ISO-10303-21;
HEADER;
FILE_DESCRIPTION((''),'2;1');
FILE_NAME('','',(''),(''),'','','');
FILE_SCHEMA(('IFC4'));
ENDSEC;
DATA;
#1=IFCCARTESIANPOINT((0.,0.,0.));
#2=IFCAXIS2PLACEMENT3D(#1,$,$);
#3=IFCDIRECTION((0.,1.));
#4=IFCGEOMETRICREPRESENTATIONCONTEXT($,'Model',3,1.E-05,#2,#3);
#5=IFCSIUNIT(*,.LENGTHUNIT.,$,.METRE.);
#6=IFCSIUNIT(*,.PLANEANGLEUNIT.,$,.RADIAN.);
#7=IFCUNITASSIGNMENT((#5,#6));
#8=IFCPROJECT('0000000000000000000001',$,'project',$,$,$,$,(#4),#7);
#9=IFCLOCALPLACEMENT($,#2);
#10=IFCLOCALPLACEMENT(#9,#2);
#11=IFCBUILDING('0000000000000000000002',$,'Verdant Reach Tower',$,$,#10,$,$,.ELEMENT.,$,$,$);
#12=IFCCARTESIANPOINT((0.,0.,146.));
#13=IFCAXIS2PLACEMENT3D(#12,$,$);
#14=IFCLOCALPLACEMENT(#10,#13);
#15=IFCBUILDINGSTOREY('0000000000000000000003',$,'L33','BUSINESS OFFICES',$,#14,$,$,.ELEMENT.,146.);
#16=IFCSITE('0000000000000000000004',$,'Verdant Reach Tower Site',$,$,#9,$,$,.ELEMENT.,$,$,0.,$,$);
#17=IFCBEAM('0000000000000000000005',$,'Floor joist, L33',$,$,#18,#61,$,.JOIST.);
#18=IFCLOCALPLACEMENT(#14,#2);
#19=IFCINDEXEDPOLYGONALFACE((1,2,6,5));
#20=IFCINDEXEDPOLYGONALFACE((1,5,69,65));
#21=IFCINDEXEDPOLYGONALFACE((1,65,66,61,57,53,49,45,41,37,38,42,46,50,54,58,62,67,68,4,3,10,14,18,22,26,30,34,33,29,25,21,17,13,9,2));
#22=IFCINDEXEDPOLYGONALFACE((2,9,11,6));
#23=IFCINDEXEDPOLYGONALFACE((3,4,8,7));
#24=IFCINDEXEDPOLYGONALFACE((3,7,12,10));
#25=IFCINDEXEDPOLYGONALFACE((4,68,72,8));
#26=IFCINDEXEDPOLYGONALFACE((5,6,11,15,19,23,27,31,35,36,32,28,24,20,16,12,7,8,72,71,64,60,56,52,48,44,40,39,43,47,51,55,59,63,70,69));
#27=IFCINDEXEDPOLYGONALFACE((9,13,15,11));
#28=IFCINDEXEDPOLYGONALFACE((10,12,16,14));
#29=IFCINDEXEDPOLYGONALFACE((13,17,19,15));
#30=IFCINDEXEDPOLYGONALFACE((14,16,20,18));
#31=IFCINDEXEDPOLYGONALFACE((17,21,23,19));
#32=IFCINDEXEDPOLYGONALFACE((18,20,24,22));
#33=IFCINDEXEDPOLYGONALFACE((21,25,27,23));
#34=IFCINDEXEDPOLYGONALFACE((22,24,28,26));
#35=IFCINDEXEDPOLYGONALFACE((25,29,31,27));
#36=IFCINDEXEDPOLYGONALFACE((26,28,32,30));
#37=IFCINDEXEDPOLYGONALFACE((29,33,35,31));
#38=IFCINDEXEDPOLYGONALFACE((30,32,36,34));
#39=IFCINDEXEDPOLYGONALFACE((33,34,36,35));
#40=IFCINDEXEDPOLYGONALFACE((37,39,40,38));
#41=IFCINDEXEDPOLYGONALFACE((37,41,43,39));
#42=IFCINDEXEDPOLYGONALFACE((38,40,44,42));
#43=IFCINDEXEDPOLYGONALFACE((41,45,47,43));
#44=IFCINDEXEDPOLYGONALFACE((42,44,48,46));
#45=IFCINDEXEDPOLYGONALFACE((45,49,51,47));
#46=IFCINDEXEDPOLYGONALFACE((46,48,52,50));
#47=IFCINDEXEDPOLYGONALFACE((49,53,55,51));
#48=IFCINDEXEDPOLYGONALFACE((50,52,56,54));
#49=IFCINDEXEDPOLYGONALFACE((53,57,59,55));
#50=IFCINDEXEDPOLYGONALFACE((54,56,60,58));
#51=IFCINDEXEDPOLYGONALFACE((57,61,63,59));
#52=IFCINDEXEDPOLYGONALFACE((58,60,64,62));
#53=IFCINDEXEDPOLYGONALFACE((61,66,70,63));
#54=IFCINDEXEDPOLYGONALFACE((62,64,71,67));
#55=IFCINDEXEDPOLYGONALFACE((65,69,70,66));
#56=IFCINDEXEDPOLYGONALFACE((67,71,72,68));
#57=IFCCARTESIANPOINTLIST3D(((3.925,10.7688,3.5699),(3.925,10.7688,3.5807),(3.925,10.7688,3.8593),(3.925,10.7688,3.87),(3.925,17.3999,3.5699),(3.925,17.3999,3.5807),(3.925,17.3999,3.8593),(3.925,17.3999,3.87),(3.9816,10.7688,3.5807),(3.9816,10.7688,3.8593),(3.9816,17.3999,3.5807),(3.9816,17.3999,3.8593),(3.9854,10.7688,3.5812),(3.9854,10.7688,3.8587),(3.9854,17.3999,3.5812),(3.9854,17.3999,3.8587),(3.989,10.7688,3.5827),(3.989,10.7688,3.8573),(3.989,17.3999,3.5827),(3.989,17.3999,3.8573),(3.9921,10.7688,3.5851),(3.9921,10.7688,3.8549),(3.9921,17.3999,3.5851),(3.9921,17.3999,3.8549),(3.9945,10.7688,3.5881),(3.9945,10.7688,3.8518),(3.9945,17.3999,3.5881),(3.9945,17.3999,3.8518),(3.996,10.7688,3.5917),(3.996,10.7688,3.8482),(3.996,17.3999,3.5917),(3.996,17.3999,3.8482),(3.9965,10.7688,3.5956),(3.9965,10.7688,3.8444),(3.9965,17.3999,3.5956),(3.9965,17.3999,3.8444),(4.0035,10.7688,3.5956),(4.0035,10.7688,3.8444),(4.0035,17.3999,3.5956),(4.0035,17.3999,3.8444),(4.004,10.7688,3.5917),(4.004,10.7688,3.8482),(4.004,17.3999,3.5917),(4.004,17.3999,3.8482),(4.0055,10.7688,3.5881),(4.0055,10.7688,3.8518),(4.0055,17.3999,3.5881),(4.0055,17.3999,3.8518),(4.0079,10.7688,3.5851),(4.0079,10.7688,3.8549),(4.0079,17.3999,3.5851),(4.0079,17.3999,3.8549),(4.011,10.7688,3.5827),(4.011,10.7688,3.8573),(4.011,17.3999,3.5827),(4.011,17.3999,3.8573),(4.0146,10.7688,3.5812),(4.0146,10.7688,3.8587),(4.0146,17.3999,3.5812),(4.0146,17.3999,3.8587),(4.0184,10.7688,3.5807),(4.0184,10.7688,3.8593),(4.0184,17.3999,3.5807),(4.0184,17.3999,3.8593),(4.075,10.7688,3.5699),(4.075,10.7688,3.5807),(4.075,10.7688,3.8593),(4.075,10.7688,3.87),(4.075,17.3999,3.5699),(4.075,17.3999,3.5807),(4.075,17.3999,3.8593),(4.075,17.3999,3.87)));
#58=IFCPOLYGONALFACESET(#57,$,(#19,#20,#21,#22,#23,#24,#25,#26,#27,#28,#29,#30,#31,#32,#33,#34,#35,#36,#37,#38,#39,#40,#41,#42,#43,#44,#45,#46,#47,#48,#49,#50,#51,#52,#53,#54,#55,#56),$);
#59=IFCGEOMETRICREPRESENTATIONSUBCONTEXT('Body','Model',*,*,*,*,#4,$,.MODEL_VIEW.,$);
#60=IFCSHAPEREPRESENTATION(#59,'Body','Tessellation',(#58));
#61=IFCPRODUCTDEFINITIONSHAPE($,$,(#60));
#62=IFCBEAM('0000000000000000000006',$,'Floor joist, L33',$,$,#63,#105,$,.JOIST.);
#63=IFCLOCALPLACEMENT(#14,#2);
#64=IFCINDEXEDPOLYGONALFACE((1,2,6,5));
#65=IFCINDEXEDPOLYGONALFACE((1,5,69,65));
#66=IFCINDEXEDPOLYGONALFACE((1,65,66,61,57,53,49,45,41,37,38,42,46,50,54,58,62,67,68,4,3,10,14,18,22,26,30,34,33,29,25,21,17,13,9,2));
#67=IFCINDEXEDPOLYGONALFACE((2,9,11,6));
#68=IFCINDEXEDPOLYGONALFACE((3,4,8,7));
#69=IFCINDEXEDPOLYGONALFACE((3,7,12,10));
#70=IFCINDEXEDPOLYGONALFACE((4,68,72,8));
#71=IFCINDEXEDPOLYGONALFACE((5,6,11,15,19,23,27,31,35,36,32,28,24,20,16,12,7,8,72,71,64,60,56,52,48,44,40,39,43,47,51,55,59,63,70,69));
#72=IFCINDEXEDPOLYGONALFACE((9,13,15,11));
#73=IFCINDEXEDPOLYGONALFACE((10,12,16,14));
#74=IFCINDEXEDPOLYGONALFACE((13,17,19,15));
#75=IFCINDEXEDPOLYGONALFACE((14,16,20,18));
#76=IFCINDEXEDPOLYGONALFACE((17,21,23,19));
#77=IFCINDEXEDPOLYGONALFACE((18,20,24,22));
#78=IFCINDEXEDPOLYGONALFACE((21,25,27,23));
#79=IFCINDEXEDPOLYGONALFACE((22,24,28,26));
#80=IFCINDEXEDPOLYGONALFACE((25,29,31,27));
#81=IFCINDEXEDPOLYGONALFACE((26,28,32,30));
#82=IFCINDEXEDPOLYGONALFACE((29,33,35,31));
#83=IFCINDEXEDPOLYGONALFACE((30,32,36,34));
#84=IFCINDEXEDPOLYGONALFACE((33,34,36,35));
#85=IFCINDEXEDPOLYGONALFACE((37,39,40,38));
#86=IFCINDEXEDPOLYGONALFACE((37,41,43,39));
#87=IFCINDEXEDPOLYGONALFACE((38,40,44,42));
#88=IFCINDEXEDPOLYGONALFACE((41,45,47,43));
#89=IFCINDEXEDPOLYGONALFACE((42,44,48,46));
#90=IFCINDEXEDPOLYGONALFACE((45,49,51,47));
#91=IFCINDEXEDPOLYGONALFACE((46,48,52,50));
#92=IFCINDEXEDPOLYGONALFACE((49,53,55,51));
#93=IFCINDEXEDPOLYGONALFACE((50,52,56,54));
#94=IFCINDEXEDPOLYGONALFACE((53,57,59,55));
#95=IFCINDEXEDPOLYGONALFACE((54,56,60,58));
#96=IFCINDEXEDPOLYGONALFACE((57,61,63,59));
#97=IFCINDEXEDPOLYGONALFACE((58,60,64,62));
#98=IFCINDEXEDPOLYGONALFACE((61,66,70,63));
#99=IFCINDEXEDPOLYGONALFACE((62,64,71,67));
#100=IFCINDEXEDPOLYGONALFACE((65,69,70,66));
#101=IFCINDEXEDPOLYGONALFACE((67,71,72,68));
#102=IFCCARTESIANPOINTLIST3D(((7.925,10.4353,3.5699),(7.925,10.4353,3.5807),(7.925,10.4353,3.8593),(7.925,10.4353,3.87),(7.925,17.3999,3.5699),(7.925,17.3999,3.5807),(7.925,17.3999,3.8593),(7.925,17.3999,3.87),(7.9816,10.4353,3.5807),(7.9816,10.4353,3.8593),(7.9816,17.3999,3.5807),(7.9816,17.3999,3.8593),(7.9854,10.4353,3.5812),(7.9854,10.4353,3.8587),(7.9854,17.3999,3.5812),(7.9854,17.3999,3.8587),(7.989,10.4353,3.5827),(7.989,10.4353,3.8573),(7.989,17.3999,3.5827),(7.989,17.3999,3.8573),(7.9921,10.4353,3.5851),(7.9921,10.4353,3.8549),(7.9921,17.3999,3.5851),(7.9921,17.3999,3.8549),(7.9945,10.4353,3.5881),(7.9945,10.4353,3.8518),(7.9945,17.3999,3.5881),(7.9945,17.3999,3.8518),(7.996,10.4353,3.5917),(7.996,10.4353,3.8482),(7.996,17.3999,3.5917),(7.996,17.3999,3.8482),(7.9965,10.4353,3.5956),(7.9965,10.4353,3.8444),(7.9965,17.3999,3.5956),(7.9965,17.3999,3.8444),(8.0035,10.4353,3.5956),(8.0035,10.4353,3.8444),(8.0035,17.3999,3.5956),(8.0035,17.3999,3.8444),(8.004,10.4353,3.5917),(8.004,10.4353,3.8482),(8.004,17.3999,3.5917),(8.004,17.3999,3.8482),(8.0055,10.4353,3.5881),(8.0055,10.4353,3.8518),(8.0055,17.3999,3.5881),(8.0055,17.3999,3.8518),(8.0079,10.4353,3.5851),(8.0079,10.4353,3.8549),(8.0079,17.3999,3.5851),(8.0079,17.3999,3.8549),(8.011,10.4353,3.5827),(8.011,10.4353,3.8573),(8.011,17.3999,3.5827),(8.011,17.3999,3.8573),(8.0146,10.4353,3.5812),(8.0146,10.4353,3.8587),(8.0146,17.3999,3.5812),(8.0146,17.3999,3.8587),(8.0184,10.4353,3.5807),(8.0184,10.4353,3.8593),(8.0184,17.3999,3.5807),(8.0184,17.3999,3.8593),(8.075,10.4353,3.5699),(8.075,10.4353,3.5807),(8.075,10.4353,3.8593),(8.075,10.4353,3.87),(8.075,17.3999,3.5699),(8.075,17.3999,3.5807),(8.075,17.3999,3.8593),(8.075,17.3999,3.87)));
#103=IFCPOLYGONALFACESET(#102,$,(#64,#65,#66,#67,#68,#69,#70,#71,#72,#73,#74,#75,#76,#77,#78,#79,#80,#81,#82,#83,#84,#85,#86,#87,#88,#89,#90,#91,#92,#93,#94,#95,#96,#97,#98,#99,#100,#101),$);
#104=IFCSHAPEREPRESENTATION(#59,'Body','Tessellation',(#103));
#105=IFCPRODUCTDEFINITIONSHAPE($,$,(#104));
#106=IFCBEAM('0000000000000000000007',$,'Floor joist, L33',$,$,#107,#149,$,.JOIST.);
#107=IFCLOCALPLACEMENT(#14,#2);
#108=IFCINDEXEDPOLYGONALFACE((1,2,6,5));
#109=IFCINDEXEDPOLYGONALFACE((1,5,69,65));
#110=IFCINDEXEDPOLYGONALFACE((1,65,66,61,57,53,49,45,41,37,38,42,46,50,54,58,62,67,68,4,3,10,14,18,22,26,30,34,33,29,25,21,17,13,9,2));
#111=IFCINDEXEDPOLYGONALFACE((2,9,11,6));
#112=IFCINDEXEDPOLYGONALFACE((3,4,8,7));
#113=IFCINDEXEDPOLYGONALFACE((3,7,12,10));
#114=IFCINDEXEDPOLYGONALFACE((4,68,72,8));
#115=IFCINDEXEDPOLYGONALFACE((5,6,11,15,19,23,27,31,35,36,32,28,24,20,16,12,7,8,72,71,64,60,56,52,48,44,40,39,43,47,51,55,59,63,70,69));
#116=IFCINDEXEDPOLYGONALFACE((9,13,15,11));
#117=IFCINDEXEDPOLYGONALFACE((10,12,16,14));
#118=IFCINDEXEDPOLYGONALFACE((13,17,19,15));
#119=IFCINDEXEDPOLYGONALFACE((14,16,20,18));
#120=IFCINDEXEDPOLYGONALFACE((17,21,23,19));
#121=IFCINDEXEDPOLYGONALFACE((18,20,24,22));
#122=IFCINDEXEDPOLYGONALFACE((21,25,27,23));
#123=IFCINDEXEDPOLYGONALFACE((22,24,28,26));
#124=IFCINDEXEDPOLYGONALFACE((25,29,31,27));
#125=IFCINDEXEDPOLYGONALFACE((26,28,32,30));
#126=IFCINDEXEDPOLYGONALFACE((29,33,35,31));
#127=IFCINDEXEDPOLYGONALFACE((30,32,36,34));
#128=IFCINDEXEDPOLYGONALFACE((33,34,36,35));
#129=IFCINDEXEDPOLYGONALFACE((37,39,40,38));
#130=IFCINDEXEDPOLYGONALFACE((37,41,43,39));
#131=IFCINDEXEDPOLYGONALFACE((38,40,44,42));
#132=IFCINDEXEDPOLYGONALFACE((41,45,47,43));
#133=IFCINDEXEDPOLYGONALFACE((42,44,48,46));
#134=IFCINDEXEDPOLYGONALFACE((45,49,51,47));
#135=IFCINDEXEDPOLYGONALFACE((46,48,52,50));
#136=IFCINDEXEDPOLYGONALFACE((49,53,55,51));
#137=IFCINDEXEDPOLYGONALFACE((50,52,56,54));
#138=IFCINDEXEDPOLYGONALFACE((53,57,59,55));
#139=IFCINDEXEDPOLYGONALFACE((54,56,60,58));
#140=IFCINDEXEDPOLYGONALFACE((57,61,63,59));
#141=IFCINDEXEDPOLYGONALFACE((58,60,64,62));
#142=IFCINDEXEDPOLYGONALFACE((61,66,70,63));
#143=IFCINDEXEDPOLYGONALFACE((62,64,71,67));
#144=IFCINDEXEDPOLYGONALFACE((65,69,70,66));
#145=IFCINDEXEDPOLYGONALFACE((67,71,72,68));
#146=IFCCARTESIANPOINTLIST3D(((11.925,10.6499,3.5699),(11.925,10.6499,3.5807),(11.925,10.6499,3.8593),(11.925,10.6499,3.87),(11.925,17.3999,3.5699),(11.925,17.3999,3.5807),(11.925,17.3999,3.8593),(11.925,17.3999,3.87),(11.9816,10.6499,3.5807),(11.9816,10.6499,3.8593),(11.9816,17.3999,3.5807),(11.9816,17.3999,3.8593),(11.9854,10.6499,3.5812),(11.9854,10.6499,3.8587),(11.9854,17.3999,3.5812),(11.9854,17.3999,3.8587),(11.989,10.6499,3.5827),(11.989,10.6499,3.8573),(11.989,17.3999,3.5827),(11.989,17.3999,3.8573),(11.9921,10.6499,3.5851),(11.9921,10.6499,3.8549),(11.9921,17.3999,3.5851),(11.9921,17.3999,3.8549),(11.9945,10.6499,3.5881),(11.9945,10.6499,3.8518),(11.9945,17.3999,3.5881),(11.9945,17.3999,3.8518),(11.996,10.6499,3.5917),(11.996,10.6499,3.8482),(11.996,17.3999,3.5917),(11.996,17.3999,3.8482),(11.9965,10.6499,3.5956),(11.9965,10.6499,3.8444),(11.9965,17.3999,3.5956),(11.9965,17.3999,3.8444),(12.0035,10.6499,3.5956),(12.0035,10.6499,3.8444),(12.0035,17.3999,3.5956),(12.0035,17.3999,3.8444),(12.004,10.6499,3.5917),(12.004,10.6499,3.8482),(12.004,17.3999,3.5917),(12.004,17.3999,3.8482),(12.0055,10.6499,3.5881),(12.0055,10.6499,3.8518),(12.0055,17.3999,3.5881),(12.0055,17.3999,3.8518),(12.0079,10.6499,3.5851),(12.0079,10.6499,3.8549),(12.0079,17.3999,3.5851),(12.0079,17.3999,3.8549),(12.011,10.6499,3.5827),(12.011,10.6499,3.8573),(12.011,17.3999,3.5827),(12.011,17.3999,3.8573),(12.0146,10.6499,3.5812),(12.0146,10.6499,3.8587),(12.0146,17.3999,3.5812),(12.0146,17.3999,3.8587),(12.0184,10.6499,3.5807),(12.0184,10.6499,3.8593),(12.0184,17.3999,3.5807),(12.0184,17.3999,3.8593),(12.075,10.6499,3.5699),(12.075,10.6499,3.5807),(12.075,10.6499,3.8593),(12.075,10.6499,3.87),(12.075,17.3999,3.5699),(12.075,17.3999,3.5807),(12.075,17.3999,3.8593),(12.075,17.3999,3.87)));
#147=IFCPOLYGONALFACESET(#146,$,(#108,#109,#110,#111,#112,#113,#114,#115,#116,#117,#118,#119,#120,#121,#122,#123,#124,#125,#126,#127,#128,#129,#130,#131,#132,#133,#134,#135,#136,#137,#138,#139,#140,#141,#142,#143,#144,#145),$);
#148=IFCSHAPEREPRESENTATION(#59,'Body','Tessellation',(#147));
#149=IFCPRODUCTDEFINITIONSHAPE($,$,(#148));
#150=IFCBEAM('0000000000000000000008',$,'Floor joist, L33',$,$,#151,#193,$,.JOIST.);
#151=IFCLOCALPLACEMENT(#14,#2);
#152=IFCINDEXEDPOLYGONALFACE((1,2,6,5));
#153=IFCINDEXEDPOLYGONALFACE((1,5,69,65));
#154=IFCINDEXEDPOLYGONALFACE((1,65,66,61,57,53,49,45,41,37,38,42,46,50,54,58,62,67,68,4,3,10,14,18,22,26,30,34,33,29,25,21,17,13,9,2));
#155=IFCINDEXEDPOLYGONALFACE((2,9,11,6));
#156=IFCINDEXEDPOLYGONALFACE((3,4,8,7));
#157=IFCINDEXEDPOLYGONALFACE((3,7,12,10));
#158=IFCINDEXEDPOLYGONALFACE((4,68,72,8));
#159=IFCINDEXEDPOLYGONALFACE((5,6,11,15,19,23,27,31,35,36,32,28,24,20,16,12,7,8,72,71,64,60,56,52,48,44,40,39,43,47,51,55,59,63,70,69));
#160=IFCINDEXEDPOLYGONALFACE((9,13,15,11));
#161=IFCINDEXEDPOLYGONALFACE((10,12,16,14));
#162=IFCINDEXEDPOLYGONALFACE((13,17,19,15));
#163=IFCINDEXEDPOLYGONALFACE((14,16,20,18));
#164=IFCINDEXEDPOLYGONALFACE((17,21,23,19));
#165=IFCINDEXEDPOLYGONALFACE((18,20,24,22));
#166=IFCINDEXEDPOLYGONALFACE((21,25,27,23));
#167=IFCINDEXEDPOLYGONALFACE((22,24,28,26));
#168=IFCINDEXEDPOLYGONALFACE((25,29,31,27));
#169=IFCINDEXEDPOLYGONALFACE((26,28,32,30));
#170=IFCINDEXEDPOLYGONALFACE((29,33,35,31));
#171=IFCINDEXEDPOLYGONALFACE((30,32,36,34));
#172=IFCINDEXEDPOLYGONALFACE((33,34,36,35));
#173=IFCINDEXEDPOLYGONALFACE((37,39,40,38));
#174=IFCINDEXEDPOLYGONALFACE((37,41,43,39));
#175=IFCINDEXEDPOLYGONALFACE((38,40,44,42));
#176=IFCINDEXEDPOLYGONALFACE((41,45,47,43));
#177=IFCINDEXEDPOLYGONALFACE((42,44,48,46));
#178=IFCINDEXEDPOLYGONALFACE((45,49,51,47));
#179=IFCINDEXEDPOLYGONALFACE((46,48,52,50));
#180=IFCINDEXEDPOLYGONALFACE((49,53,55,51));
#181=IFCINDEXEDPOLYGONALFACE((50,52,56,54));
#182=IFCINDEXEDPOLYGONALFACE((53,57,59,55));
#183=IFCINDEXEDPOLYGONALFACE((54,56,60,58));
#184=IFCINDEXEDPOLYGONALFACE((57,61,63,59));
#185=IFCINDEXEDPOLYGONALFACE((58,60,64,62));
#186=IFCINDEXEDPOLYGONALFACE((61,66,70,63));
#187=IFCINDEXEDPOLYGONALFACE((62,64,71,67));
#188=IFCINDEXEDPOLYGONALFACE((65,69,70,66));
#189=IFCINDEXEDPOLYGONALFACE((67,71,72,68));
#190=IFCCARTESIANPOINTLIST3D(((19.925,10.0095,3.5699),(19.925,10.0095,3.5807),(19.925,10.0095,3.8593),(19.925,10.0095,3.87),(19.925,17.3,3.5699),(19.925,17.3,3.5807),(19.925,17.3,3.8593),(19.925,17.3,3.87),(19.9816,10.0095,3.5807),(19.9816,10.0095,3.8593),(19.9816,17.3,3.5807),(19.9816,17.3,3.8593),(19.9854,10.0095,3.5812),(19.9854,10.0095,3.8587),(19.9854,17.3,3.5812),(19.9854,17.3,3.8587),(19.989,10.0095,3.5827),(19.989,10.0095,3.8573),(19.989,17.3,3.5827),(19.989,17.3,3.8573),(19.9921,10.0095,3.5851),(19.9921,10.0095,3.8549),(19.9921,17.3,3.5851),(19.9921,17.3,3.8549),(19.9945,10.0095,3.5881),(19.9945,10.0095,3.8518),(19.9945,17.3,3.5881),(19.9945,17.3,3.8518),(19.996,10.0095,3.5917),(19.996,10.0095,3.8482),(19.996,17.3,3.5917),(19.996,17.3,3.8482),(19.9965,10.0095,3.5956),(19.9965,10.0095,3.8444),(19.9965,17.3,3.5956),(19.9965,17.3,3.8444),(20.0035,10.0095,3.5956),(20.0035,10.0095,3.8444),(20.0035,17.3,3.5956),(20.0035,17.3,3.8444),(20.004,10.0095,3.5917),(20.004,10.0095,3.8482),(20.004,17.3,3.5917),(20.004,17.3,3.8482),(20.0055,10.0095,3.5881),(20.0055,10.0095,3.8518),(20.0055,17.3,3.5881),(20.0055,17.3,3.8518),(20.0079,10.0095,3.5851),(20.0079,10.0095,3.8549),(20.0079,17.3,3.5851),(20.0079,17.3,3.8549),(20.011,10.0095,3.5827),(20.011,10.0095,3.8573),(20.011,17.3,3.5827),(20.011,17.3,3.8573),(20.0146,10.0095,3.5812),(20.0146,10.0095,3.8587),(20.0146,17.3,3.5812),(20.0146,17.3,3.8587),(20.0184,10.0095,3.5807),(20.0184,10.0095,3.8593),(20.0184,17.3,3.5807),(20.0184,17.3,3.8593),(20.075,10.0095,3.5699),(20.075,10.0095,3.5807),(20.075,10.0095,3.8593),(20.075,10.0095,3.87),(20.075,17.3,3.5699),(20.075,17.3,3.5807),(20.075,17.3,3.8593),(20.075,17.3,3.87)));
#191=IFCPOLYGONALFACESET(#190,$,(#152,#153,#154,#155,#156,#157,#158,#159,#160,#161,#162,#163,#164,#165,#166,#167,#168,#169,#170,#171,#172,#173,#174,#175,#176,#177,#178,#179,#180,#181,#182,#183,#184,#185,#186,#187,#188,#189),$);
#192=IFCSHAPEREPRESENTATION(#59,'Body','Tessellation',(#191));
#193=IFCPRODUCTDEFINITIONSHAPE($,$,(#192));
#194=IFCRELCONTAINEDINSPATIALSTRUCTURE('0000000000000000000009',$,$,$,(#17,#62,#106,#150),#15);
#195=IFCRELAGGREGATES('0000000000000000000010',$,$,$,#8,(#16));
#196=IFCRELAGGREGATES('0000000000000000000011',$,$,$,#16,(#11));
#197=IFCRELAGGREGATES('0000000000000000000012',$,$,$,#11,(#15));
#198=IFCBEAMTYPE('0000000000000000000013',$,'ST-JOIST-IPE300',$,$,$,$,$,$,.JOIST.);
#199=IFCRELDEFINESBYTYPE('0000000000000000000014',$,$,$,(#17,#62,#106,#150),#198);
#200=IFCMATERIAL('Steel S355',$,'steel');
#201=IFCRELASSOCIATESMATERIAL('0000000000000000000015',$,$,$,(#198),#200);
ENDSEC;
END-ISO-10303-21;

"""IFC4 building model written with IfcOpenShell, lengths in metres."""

from ifc_helpers import new_model, si_unit, direction, frame, origin, origin_2d, place, context, subcontext, project, spatial, i_section, extrude, material, material_profile, profile_set, type_object, element, save


model = new_model("IFC4")

# Units and contexts
model_context = context("Model", 3, precision=1e-05, world=origin(), true_north=direction((0.0, 1.0)))
body_context = subcontext(model_context, "Body", "Model", "MODEL_VIEW")
ifc_project = project(units=[si_unit("LENGTHUNIT", "METRE"), si_unit("PLANEANGLEUNIT", "RADIAN")], contexts=[model_context])

# Site, building, storey
site_placement = place(None, origin())
site = spatial("IfcSite", under=ifc_project, at=site_placement, Name="Verdant Reach Tower Site", CompositionType="ELEMENT", RefElevation=0.0)
building_placement = place(site_placement, origin())
building = spatial("IfcBuilding", under=site, at=building_placement, Name="Verdant Reach Tower", CompositionType="ELEMENT")
storey_placement = place(building_placement, frame((0.0, 0.0, 146.0)))
storey = spatial("IfcBuildingStorey", under=building, at=storey_placement, Name="L33", Description="BUSINESS OFFICES", CompositionType="ELEMENT", Elevation=146.0)

# Beams
ifc_material_1 = material(Name="Steel S355", Category="steel")
ifc_material_profile_1 = material_profile(ifc_material_1, i_section(OverallWidth=0.1499, OverallDepth=0.3, WebThickness=0.0071, FlangeThickness=0.0107, FilletRadius=0.0149, at=origin_2d()), Name="IPE 300")
ifc_profile_set_1 = profile_set([ifc_material_profile_1], Name="Steel S355")
beam_type_1 = type_object("IfcBeamType", Name="ST-JOIST-IPE300", PredefinedType="JOIST", material=ifc_profile_set_1)
beam_1_placement = place(storey_placement, frame((4.0, 17.3999, 3.72), z_axis=(0.0, -1.0, 0.0), x_axis=(1.0, 0.0, 0.0)))
element("IfcBeam", 1, at=beam_1_placement, inside=storey, type_object=beam_type_1, Name="Floor joist, L33", PredefinedType="JOIST", context=body_context, shape_type="SweptSolid", body=[
    extrude(i_section(OverallWidth=0.1499, OverallDepth=0.3, WebThickness=0.0071, FlangeThickness=0.0107, FilletRadius=0.0149, at=origin_2d()), origin(), (0.0, 0.0, 1.0), 6.6311),
])
beam_2_placement = place(storey_placement, frame((8.0, 17.3999, 3.72), z_axis=(0.0, -1.0, 0.0), x_axis=(1.0, 0.0, 0.0)))
element("IfcBeam", 2, at=beam_2_placement, inside=storey, type_object=beam_type_1, Name="Floor joist, L33", PredefinedType="JOIST", context=body_context, shape_type="SweptSolid", body=[
    extrude(i_section(OverallWidth=0.1499, OverallDepth=0.3, WebThickness=0.0071, FlangeThickness=0.0107, FilletRadius=0.0149, at=origin_2d()), origin(), (0.0, 0.0, 1.0), 6.9646),
])
beam_3_placement = place(storey_placement, frame((12.0, 17.3999, 3.72), z_axis=(0.0, -1.0, 0.0), x_axis=(1.0, 0.0, 0.0)))
element("IfcBeam", 3, at=beam_3_placement, inside=storey, type_object=beam_type_1, Name="Floor joist, L33", PredefinedType="JOIST", context=body_context, shape_type="SweptSolid", body=[
    extrude(i_section(OverallWidth=0.1499, OverallDepth=0.3, WebThickness=0.0071, FlangeThickness=0.0107, FilletRadius=0.0149, at=origin_2d()), origin(), (0.0, 0.0, 1.0), 6.75),
])
beam_4_placement = place(storey_placement, frame((20.0, 17.3, 3.72), z_axis=(0.0, -1.0, 0.0), x_axis=(1.0, 0.0, 0.0)))
element("IfcBeam", 4, at=beam_4_placement, inside=storey, type_object=beam_type_1, Name="Floor joist, L33", PredefinedType="JOIST", context=body_context, shape_type="SweptSolid", body=[
    extrude(i_section(OverallWidth=0.1499, OverallDepth=0.3, WebThickness=0.0071, FlangeThickness=0.0107, FilletRadius=0.0149, at=origin_2d()), origin(), (0.0, 0.0, 1.0), 7.2905),
])

save(model, "model.ifc")
